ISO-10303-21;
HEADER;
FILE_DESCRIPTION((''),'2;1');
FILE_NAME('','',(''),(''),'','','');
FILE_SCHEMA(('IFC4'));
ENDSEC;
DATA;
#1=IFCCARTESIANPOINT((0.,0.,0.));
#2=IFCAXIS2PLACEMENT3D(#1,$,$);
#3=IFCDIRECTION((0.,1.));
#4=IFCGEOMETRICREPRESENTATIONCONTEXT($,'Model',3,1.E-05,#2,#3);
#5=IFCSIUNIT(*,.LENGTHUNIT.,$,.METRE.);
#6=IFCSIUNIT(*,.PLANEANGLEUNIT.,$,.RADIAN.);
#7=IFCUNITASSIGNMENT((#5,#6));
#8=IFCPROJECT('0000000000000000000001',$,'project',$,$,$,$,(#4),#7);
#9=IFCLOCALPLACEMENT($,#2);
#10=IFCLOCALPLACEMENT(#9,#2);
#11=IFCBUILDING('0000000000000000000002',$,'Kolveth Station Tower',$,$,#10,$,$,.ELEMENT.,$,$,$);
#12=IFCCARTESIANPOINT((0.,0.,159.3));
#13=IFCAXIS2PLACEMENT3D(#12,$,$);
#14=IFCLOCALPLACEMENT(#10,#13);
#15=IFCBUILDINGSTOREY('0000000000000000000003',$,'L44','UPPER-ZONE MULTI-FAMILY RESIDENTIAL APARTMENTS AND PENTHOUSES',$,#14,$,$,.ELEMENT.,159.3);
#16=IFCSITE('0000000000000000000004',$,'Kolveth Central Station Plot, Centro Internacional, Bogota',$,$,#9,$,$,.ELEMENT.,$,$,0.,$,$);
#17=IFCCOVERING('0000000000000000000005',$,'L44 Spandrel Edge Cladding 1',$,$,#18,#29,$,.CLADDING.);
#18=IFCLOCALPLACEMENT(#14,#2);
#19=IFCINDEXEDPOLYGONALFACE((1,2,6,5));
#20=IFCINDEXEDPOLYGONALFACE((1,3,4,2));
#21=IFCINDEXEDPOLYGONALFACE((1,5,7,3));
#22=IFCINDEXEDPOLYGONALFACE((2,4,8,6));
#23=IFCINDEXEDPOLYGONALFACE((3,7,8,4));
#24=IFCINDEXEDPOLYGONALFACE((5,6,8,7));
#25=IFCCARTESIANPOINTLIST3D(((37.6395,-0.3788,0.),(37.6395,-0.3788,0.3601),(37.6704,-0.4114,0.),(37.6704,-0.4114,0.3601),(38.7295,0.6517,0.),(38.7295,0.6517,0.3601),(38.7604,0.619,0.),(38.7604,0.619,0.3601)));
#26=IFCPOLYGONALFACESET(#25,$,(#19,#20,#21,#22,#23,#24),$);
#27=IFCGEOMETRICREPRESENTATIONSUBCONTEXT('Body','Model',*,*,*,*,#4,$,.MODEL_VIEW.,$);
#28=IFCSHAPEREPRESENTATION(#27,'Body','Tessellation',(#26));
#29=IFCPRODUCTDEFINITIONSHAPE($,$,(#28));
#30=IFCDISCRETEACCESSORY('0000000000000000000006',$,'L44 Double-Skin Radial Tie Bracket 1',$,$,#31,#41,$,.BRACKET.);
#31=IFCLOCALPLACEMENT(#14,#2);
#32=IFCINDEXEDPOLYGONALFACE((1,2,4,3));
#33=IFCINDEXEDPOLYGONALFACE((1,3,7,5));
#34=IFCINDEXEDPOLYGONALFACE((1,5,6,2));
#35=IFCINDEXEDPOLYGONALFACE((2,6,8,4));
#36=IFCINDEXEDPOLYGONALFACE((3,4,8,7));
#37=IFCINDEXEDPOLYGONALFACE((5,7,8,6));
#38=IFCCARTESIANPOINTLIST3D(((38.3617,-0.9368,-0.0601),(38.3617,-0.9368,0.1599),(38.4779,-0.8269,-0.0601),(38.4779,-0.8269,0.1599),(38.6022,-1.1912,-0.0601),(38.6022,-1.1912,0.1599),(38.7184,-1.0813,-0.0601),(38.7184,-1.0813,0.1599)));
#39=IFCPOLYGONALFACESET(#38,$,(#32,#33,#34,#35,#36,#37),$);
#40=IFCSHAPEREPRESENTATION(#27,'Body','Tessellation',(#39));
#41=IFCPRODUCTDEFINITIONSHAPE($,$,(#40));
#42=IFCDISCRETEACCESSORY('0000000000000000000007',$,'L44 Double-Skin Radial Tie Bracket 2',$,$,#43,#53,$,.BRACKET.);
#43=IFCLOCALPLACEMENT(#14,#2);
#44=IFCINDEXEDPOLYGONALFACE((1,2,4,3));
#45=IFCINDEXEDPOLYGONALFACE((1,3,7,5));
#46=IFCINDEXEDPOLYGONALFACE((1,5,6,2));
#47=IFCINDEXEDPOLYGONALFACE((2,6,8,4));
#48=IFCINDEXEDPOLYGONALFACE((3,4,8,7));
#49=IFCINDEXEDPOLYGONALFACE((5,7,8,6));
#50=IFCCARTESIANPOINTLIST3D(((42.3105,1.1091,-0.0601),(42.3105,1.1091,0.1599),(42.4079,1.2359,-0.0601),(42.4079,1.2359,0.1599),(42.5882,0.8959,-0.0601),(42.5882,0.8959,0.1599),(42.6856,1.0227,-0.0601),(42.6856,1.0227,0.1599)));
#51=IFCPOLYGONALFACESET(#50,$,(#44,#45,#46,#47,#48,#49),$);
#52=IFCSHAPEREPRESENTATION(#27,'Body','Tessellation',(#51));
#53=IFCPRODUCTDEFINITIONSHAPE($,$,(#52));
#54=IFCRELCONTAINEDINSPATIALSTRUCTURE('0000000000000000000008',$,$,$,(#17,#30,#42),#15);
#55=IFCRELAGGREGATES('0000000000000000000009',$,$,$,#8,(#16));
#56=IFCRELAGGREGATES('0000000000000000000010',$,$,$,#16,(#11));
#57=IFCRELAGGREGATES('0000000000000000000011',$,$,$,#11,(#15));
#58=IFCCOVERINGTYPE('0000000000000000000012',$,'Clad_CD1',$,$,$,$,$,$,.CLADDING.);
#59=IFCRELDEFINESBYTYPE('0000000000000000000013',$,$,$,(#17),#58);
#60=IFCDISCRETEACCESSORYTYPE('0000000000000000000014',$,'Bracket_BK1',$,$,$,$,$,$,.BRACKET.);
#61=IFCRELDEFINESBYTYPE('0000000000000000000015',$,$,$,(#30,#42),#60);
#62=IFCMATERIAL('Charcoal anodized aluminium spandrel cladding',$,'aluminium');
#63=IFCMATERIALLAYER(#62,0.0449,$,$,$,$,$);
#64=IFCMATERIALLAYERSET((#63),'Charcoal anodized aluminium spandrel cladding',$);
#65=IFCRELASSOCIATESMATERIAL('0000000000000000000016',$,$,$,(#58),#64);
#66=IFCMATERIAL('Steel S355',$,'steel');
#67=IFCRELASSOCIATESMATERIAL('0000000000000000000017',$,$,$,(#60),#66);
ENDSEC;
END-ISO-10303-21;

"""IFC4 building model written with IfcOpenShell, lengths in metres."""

from ifc_helpers import new_model, si_unit, direction, frame, origin, origin_2d, place, context, subcontext, project, spatial, rectangle, extrude, source, transform, mapped, material, layer, layer_set, type_object, element, save


model = new_model("IFC4")

# Units and contexts
model_context = context("Model", 3, precision=1e-05, world=origin(), true_north=direction((0.0, 1.0)))
body_context = subcontext(model_context, "Body", "Model", "MODEL_VIEW")
ifc_project = project(units=[si_unit("LENGTHUNIT", "METRE"), si_unit("PLANEANGLEUNIT", "RADIAN")], contexts=[model_context])

# Site, building, storey
site_placement = place(None, origin())
site = spatial("IfcSite", under=ifc_project, at=site_placement, Name="Kolveth Central Station Plot, Centro Internacional, Bogota", CompositionType="ELEMENT", RefElevation=0.0)
building_placement = place(site_placement, origin())
building = spatial("IfcBuilding", under=site, at=building_placement, Name="Kolveth Station Tower", CompositionType="ELEMENT")
storey_placement = place(building_placement, frame((0.0, 0.0, 159.3)))
storey = spatial("IfcBuildingStorey", under=building, at=storey_placement, Name="L44", Description="UPPER-ZONE MULTI-FAMILY RESIDENTIAL APARTMENTS AND PENTHOUSES", CompositionType="ELEMENT", Elevation=159.3)

# Covering
ifc_material_1 = material(Name="Charcoal anodized aluminium spandrel cladding", Category="aluminium")
ifc_layer_1 = layer(ifc_material_1, 0.0449)
ifc_layer_set_1 = layer_set([ifc_layer_1], Name="Charcoal anodized aluminium spandrel cladding")
covering_type = type_object("IfcCoveringType", Name="Clad_CD1", PredefinedType="CLADDING", material=ifc_layer_set_1)
shared_shape_1 = source(origin(), body_context, "Body", "SweptSolid", [
    extrude(rectangle(XDim=1.5, YDim=0.0449, at=origin_2d()), origin(), (0.0, 0.0, 1.0), 0.3601),
])
covering_placement = place(storey_placement, frame((38.2, 0.1201, 0.0), z_axis=(0.0, 0.0, 1.0), x_axis=(0.726695, 0.686961, 0.0)))
element("IfcCovering", 1, at=covering_placement, inside=storey, type_object=covering_type, Name="L44 Spandrel Edge Cladding 1", PredefinedType="CLADDING", context=body_context, shape_type="MappedRepresentation", body=[
    mapped(shared_shape_1, transform((0.0, 0.0, 0.0), x_axis=(1.0, 0.0, 0.0), y_axis=(0.0, 1.0, 0.0), z_axis=(0.0, 0.0, 1.0), scale=1.0)),
])

# Discrete accessories
ifc_material_2 = material(Name="Steel S355", Category="steel")
discrete_accessory_type = type_object("IfcDiscreteAccessoryType", Name="Bracket_BK1", PredefinedType="BRACKET", material=ifc_material_2)
shared_shape_2 = source(origin(), body_context, "Body", "SweptSolid", [
    extrude(rectangle(XDim=0.3501, YDim=0.1599, at=origin_2d()), origin(), (0.0, 0.0, 1.0), 0.22),
])
for number, where, z_axis, x_axis, name in (
    (2, (38.54, -1.009, -0.0601), (0.0, 0.0, 1.0), (0.686961, -0.726695, 0.0), "L44 Double-Skin Radial Tie Bracket 1"),
    (3, (42.498, 1.0659, -0.0601), (0.0, 0.0, 1.0), (0.793141, -0.609038, 0.0), "L44 Double-Skin Radial Tie Bracket 2"),
):
    element("IfcDiscreteAccessory", number, at=place(storey_placement, frame(where, z_axis=z_axis, x_axis=x_axis)), inside=storey, type_object=discrete_accessory_type, Name=name, PredefinedType="BRACKET", context=body_context, shape_type="MappedRepresentation", body=[
        mapped(shared_shape_2, transform((0.0, 0.0, 0.0), x_axis=(1.0, 0.0, 0.0), y_axis=(0.0, 1.0, 0.0), z_axis=(0.0, 0.0, 1.0), scale=1.0)),
    ])

save(model, "model.ifc")
